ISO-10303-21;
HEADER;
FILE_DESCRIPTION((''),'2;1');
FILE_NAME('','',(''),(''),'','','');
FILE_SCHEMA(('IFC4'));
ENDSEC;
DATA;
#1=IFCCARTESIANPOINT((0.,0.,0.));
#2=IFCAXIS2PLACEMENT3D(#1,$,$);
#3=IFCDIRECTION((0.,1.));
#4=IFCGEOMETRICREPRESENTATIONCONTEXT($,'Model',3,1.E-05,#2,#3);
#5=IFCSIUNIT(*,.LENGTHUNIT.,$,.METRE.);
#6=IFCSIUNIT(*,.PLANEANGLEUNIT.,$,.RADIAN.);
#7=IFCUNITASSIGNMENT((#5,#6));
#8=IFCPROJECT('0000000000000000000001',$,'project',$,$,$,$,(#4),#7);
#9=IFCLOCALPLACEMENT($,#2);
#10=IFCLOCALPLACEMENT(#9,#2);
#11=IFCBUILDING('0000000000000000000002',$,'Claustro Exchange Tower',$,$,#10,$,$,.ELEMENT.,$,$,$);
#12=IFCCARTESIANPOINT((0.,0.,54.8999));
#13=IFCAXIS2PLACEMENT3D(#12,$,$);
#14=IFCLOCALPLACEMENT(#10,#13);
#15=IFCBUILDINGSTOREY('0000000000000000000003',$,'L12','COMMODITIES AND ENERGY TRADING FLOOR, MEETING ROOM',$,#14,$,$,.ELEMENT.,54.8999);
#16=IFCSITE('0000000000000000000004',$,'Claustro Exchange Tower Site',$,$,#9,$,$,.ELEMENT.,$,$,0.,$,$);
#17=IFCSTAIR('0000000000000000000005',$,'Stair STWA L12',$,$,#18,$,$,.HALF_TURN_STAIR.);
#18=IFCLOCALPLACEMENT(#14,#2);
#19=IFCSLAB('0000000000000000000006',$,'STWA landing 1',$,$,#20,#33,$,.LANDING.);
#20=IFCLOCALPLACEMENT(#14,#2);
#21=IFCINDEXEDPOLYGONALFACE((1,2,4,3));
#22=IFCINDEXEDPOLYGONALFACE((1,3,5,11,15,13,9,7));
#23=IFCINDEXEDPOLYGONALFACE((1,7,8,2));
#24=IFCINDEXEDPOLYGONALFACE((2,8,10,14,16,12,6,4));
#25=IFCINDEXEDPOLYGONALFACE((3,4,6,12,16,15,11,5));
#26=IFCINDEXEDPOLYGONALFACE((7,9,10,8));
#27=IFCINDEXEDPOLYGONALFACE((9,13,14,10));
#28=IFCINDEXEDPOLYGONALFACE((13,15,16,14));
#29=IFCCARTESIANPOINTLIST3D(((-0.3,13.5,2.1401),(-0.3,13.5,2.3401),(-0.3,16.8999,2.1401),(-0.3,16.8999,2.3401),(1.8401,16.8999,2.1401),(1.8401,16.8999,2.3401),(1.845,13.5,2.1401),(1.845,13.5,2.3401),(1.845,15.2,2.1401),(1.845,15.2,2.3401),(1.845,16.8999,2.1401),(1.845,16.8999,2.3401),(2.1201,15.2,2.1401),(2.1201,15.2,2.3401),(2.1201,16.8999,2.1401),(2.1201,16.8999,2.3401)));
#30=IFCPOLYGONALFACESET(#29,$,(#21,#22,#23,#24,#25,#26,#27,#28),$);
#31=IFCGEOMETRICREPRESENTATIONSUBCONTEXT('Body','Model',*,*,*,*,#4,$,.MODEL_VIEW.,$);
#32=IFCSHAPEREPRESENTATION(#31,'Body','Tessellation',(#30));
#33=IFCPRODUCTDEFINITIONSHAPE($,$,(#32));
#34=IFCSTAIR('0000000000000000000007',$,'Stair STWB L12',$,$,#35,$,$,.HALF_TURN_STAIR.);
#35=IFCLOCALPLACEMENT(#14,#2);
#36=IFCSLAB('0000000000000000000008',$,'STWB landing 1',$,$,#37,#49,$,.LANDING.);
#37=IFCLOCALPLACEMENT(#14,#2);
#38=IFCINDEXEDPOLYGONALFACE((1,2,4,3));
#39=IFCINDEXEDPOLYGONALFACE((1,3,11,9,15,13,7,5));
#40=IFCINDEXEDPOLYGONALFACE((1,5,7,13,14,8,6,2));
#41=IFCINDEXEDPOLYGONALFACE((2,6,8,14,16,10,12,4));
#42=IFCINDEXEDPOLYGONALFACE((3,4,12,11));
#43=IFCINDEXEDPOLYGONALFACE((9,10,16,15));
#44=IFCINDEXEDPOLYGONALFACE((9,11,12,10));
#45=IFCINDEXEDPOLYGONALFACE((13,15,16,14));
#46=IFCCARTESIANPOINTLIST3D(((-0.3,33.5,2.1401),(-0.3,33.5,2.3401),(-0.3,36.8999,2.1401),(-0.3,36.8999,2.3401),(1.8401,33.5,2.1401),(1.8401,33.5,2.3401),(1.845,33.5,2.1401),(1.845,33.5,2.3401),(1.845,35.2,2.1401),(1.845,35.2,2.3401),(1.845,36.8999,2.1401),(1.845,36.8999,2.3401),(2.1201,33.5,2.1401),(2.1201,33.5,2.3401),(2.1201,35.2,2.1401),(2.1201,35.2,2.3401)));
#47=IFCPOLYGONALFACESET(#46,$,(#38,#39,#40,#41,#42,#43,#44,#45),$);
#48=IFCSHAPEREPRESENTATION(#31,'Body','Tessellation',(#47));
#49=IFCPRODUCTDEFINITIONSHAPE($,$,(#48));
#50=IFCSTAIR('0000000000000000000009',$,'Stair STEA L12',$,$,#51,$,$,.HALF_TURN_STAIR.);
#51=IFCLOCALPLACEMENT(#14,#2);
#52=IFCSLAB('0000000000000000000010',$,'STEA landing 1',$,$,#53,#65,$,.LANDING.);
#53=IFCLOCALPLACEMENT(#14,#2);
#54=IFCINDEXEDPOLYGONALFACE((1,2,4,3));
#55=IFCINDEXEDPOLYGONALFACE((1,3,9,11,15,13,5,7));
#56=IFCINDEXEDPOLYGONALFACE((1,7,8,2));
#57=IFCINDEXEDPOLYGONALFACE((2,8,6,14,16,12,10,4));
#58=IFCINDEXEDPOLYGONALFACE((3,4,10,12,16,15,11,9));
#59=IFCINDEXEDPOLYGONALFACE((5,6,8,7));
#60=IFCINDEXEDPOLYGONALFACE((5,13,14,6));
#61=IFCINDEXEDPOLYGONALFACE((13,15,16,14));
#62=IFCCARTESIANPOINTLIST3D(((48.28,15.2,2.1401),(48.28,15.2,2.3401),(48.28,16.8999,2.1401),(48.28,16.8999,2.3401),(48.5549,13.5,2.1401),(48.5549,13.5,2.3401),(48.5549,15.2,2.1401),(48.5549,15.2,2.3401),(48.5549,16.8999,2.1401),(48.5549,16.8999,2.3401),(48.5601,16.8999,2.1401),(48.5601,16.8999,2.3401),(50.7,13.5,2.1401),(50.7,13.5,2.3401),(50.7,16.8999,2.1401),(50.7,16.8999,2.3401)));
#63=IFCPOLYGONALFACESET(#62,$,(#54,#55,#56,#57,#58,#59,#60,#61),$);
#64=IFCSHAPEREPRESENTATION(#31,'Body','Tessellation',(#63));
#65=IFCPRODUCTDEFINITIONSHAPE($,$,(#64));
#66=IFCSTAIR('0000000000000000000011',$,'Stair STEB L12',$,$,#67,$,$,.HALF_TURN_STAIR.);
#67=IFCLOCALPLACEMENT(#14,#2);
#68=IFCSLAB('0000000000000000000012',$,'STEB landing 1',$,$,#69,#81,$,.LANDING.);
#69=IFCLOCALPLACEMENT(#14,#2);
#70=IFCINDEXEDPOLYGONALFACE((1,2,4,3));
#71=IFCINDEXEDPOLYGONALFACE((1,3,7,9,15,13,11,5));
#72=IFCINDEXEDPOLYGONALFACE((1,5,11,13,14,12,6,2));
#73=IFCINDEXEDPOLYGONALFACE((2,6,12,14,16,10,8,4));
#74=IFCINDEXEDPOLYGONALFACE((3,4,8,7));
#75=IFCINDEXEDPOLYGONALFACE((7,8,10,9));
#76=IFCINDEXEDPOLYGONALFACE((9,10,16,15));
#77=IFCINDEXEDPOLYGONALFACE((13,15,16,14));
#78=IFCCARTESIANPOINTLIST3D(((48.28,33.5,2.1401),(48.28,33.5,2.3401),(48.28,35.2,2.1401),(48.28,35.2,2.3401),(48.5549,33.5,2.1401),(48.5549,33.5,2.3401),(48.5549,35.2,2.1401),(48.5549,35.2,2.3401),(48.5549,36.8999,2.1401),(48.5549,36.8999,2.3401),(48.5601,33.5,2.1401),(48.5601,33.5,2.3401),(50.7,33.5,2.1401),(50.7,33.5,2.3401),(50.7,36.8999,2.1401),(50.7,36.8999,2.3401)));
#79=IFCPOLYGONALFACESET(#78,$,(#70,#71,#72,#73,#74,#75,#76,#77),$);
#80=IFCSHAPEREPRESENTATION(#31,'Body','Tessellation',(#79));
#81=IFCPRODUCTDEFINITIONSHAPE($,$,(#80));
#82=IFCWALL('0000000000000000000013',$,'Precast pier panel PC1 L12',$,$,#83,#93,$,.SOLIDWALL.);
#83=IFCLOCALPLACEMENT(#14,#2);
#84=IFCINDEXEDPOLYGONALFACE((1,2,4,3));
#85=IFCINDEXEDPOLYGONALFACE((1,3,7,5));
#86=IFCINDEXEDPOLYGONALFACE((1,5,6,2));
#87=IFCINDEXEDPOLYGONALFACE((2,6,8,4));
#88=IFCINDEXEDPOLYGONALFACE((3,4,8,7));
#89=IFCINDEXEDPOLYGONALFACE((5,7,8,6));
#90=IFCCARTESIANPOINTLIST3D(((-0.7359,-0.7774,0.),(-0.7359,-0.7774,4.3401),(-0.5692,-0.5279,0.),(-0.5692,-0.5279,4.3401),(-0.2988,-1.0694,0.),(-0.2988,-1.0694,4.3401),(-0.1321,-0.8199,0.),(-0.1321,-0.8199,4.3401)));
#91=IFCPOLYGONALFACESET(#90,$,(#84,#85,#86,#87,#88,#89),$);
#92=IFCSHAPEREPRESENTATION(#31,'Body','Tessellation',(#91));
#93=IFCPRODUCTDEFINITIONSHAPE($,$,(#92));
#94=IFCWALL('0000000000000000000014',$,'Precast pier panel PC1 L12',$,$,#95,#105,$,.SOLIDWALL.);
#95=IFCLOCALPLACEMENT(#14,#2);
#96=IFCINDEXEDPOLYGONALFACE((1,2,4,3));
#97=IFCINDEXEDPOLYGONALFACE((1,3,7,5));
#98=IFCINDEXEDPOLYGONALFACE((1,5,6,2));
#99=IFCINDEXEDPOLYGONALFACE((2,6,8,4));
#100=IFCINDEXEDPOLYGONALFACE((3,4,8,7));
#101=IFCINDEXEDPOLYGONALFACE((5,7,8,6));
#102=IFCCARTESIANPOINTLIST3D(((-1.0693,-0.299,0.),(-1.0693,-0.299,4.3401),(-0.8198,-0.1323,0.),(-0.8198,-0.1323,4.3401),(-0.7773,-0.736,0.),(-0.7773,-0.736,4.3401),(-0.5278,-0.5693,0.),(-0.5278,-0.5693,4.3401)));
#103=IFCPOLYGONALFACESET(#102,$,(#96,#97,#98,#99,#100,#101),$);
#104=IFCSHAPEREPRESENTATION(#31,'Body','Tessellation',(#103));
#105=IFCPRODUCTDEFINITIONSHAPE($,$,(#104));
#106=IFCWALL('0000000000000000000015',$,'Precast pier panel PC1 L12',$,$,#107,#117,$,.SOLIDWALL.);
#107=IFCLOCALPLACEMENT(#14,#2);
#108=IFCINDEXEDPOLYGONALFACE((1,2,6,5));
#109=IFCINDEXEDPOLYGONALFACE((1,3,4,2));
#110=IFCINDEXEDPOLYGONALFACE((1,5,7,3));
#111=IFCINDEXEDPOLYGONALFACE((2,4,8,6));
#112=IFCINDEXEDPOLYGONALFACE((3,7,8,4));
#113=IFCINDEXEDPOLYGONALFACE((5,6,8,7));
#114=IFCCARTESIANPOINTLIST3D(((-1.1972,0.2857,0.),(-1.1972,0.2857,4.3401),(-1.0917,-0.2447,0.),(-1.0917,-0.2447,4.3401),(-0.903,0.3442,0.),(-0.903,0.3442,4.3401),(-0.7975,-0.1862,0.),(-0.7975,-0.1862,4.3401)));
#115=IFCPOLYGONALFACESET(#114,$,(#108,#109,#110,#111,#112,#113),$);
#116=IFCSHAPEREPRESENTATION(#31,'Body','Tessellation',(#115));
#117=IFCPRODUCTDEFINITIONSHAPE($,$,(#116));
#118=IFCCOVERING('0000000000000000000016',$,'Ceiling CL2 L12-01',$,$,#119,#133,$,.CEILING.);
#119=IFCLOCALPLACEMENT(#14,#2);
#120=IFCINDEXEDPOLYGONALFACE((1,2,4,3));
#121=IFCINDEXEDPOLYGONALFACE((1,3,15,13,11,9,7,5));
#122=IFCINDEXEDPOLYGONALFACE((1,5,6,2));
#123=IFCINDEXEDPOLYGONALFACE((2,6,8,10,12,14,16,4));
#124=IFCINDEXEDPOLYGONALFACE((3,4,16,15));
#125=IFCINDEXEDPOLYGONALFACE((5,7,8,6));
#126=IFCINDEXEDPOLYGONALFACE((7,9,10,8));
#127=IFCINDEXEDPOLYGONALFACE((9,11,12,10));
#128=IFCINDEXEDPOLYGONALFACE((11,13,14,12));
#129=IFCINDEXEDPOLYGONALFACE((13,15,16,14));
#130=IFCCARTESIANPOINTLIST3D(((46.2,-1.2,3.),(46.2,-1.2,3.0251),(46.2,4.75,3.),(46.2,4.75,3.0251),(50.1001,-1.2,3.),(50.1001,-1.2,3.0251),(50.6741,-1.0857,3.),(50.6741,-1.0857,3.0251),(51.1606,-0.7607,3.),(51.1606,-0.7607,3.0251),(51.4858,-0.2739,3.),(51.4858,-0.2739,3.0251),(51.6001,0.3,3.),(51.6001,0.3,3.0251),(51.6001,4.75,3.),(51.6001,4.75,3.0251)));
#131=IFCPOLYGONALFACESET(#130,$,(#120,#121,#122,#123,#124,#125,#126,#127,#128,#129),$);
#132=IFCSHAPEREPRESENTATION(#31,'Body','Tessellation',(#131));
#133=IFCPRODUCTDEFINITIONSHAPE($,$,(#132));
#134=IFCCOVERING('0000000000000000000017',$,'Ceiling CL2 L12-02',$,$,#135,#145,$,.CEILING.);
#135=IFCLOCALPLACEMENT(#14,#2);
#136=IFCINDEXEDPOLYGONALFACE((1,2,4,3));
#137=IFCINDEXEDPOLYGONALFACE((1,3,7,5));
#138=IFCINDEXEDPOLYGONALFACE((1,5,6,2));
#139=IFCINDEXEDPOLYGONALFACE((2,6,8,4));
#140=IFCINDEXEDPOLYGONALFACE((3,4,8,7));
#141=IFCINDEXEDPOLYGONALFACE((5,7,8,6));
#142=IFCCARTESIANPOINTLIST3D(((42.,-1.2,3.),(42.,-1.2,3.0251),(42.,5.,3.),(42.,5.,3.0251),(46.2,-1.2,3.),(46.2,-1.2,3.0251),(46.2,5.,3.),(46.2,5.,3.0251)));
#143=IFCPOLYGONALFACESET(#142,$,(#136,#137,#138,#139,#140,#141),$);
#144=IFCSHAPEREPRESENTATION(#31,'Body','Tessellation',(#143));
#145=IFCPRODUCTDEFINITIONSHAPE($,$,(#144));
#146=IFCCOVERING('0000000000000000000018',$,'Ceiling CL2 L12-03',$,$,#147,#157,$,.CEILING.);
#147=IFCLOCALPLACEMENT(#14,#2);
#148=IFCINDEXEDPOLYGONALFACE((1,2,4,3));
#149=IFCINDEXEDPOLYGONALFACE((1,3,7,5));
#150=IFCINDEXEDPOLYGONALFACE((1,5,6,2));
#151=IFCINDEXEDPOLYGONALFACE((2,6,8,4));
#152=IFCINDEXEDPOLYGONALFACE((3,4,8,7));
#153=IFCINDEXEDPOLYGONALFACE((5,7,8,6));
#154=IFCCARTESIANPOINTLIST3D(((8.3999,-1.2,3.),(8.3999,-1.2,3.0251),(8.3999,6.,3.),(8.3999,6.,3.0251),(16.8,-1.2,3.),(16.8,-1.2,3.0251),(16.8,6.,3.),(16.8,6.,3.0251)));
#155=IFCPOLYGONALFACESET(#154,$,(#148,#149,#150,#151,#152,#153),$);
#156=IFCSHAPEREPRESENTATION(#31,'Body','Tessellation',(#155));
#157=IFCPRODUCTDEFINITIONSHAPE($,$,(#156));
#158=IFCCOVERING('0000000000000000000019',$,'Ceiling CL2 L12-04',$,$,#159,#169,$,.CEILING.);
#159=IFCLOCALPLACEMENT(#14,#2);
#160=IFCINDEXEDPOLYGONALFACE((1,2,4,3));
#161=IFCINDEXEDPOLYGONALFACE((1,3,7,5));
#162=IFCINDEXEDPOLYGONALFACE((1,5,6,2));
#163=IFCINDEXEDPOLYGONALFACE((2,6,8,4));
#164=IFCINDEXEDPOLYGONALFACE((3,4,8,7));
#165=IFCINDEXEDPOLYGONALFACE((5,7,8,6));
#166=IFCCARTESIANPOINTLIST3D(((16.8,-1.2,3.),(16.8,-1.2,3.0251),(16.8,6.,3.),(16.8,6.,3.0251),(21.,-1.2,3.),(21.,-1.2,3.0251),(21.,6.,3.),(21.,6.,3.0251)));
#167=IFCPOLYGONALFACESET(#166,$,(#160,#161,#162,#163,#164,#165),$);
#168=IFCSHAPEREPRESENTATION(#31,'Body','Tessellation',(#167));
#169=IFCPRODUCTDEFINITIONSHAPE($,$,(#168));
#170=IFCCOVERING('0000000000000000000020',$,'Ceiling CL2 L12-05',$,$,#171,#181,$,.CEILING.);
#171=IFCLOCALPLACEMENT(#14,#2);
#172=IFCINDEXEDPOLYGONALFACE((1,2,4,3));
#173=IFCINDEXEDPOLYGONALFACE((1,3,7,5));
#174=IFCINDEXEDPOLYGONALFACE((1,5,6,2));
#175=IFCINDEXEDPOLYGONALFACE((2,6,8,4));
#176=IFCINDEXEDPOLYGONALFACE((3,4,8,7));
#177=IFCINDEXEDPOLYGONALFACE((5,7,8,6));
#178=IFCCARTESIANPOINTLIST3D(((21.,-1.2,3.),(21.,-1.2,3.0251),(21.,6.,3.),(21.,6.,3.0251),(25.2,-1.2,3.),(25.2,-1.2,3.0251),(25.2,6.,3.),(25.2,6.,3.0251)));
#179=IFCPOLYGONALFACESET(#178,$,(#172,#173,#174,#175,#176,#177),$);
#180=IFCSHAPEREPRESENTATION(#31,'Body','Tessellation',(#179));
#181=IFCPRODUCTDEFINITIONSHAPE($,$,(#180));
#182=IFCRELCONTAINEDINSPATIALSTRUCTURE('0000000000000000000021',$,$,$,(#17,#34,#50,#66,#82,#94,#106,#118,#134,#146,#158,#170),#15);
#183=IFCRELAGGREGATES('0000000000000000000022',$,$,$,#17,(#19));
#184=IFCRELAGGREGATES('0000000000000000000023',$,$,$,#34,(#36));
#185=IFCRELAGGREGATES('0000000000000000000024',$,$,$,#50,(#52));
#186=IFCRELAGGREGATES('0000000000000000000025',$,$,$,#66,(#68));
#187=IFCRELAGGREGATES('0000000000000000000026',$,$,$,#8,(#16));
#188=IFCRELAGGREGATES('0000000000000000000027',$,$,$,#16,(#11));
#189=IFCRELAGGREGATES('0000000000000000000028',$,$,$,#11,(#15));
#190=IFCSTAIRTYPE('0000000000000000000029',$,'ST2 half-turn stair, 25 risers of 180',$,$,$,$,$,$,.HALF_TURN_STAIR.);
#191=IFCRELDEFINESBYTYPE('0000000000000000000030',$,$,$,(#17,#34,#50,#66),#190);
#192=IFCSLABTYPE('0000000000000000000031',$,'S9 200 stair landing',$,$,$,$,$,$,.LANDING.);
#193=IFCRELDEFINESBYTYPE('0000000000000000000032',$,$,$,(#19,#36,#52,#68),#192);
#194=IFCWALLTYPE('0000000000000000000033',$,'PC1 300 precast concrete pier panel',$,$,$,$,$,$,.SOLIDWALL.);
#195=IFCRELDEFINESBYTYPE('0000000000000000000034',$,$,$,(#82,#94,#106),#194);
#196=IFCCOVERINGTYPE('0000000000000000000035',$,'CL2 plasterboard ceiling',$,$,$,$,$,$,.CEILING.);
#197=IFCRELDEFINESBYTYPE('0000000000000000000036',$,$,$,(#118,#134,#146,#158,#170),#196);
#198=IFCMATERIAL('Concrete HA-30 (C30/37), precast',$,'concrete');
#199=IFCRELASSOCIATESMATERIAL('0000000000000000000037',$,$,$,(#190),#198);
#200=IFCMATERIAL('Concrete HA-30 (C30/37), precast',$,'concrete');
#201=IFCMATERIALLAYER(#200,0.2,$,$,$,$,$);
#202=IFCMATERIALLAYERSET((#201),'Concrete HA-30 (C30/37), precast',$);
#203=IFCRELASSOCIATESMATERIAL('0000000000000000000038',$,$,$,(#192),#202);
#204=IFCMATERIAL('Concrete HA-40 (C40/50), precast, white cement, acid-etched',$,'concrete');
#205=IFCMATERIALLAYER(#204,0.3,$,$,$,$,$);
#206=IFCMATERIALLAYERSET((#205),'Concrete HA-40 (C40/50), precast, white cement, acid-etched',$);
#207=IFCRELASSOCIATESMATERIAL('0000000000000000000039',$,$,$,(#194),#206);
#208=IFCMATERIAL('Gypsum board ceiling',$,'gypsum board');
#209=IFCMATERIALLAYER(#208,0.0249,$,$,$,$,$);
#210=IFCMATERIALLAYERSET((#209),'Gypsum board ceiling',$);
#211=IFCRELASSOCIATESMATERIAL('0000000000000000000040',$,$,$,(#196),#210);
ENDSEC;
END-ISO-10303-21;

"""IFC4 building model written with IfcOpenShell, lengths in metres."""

from ifc_helpers import new_model, si_unit, direction, frame, frame_2d, origin, place, context, subcontext, project, spatial, polyline, rectangle, outline, extrude, material, layer, layer_set, type_object, element, aggregate, save


model = new_model("IFC4")

# Units and contexts
model_context = context("Model", 3, precision=1e-05, world=origin(), true_north=direction((0.0, 1.0)))
body_context = subcontext(model_context, "Body", "Model", "MODEL_VIEW")
ifc_project = project(units=[si_unit("LENGTHUNIT", "METRE"), si_unit("PLANEANGLEUNIT", "RADIAN")], contexts=[model_context])

# Site, building, storey
site_placement = place(None, origin())
site = spatial("IfcSite", under=ifc_project, at=site_placement, Name="Claustro Exchange Tower Site", CompositionType="ELEMENT", RefElevation=0.0)
building_placement = place(site_placement, origin())
building = spatial("IfcBuilding", under=site, at=building_placement, Name="Claustro Exchange Tower", CompositionType="ELEMENT")
storey_placement = place(building_placement, frame((0.0, 0.0, 54.8999)))
storey = spatial("IfcBuildingStorey", under=building, at=storey_placement, Name="L12", Description="COMMODITIES AND ENERGY TRADING FLOOR, MEETING ROOM", CompositionType="ELEMENT", Elevation=54.8999)

# Stairs, slabs
ifc_material_1 = material(Name="Concrete HA-30 (C30/37), precast", Category="concrete")
stair_type = type_object("IfcStairType", Name="ST2 half-turn stair, 25 risers of 180", PredefinedType="HALF_TURN_STAIR", material=ifc_material_1)
stair_1_placement = place(storey_placement, origin())
stair_1 = element("IfcStair", 1, at=stair_1_placement, inside=storey, type_object=stair_type, Name="Stair STWA L12", PredefinedType="HALF_TURN_STAIR")
ifc_material_2 = material(Name="Concrete HA-30 (C30/37), precast", Category="concrete")
ifc_layer_1 = layer(ifc_material_2, 0.2)
ifc_layer_set_1 = layer_set([ifc_layer_1], Name="Concrete HA-30 (C30/37), precast")
slab_type_1 = type_object("IfcSlabType", Name="S9 200 stair landing", PredefinedType="LANDING", material=ifc_layer_set_1)
slab_1_placement = place(storey_placement, frame((0.0, 0.0, 2.1401)))
slab_1 = element("IfcSlab", 2, at=slab_1_placement, type_object=slab_type_1, Name="STWA landing 1", PredefinedType="LANDING", context=body_context, shape_type="SweptSolid", body=[
    extrude(outline(polyline([(1.845, 13.5), (-0.3, 13.5), (-0.3, 16.8999), (1.8401, 16.8999), (1.845, 16.8999), (2.1201, 16.8999), (2.1201, 15.2), (1.845, 15.2), (1.845, 13.5)])), origin(), (0.0, 0.0, 1.0), 0.2),
])
aggregate(stair_1, [slab_1])
stair_2_placement = place(storey_placement, origin())
stair_2 = element("IfcStair", 3, at=stair_2_placement, inside=storey, type_object=stair_type, Name="Stair STWB L12", PredefinedType="HALF_TURN_STAIR")
slab_2_placement = place(storey_placement, frame((0.0, 0.0, 2.1401)))
slab_2 = element("IfcSlab", 4, at=slab_2_placement, type_object=slab_type_1, Name="STWB landing 1", PredefinedType="LANDING", context=body_context, shape_type="SweptSolid", body=[
    extrude(outline(polyline([(2.1201, 35.2), (2.1201, 33.5), (1.845, 33.5), (1.8401, 33.5), (-0.3, 33.5), (-0.3, 36.8999), (1.845, 36.8999), (1.845, 35.2), (2.1201, 35.2)])), origin(), (0.0, 0.0, 1.0), 0.2),
])
aggregate(stair_2, [slab_2])
stair_3_placement = place(storey_placement, origin())
stair_3 = element("IfcStair", 5, at=stair_3_placement, inside=storey, type_object=stair_type, Name="Stair STEA L12", PredefinedType="HALF_TURN_STAIR")
slab_3_placement = place(storey_placement, frame((0.0, 0.0, 2.1401)))
slab_3 = element("IfcSlab", 6, at=slab_3_placement, type_object=slab_type_1, Name="STEA landing 1", PredefinedType="LANDING", context=body_context, shape_type="SweptSolid", body=[
    extrude(outline(polyline([(50.7, 16.8999), (50.7, 13.5), (48.5549, 13.5), (48.5549, 15.2), (48.28, 15.2), (48.28, 16.8999), (48.5549, 16.8999), (48.5601, 16.8999), (50.7, 16.8999)])), origin(), (0.0, 0.0, 1.0), 0.2),
])
aggregate(stair_3, [slab_3])
stair_4_placement = place(storey_placement, origin())
stair_4 = element("IfcStair", 7, at=stair_4_placement, inside=storey, type_object=stair_type, Name="Stair STEB L12", PredefinedType="HALF_TURN_STAIR")
slab_4_placement = place(storey_placement, frame((0.0, 0.0, 2.1401)))
slab_4 = element("IfcSlab", 8, at=slab_4_placement, type_object=slab_type_1, Name="STEB landing 1", PredefinedType="LANDING", context=body_context, shape_type="SweptSolid", body=[
    extrude(outline(polyline([(48.28, 33.5), (48.28, 35.2), (48.5549, 35.2), (48.5549, 36.8999), (50.7, 36.8999), (50.7, 33.5), (48.5601, 33.5), (48.5549, 33.5), (48.28, 33.5)])), origin(), (0.0, 0.0, 1.0), 0.2),
])
aggregate(stair_4, [slab_4])

# Walls
ifc_material_3 = material(Name="Concrete HA-40 (C40/50), precast, white cement, acid-etched", Category="concrete")
ifc_layer_2 = layer(ifc_material_3, 0.3)
ifc_layer_set_2 = layer_set([ifc_layer_2], Name="Concrete HA-40 (C40/50), precast, white cement, acid-etched")
wall_type = type_object("IfcWallType", Name="PC1 300 precast concrete pier panel", PredefinedType="SOLIDWALL", material=ifc_layer_set_2)
for number, where, z_axis, x_axis, name in (
    (9, (-0.2156, -0.9446, 0.0), (0.0, 0.0, 1.0), (-0.831478, 0.555557, 0.0), "Precast pier panel PC1 L12"),
    (10, (-0.6526, -0.6526, 0.0), (0.0, 0.0, 1.0), (-0.555557, 0.831478, 0.0), "Precast pier panel PC1 L12"),
):
    element("IfcWall", number, at=place(storey_placement, frame(where, z_axis=z_axis, x_axis=x_axis)), inside=storey, type_object=wall_type, Name=name, PredefinedType="SOLIDWALL", context=body_context, shape_type="SweptSolid", body=[
        extrude(rectangle(XDim=0.5256, YDim=0.3, at=frame_2d((0.2627, 0.0))), origin(), (0.0, 0.0, 1.0), 4.3401),
    ])
wall_placement = place(storey_placement, frame((-0.9446, -0.2156, 0.0), z_axis=(0.0, 0.0, 1.0), x_axis=(-0.195074, 0.980789, 0.0)))
element("IfcWall", 11, at=wall_placement, inside=storey, type_object=wall_type, Name="Precast pier panel PC1 L12", PredefinedType="SOLIDWALL", context=body_context, shape_type="SweptSolid", body=[
    extrude(rectangle(XDim=0.5408, YDim=0.3, at=frame_2d((0.2705, 0.0))), origin(), (0.0, 0.0, 1.0), 4.3401),
])

# Coverings
ifc_material_4 = material(Name="Gypsum board ceiling", Category="gypsum board")
ifc_layer_3 = layer(ifc_material_4, 0.0249)
ifc_layer_set_3 = layer_set([ifc_layer_3], Name="Gypsum board ceiling")
covering_type = type_object("IfcCoveringType", Name="CL2 plasterboard ceiling", PredefinedType="CEILING", material=ifc_layer_set_3)
covering_1_placement = place(storey_placement, frame((0.0, 0.0, 3.0)))
element("IfcCovering", 12, at=covering_1_placement, inside=storey, type_object=covering_type, Name="Ceiling CL2 L12-01", PredefinedType="CEILING", context=body_context, shape_type="SweptSolid", body=[
    extrude(outline(polyline([(51.6001, 0.3), (51.6001, 4.75), (46.2, 4.75), (46.2, -1.2), (50.1001, -1.2), (50.6741, -1.0857), (51.1606, -0.7607), (51.4858, -0.2739), (51.6001, 0.3)])), origin(), (0.0, 0.0, 1.0), 0.0251),
])
covering_2_placement = place(storey_placement, frame((0.0, 0.0, 3.0)))
element("IfcCovering", 13, at=covering_2_placement, inside=storey, type_object=covering_type, Name="Ceiling CL2 L12-02", PredefinedType="CEILING", context=body_context, shape_type="SweptSolid", body=[
    extrude(outline(polyline([(42.0, -1.2), (46.2, -1.2), (46.2, 5.0), (42.0, 5.0), (42.0, -1.2)])), origin(), (0.0, 0.0, 1.0), 0.0251),
])
covering_3_placement = place(storey_placement, frame((0.0, 0.0, 3.0)))
element("IfcCovering", 14, at=covering_3_placement, inside=storey, type_object=covering_type, Name="Ceiling CL2 L12-03", PredefinedType="CEILING", context=body_context, shape_type="SweptSolid", body=[
    extrude(outline(polyline([(8.3999, -1.2), (16.8, -1.2), (16.8, 6.0), (8.3999, 6.0), (8.3999, -1.2)])), origin(), (0.0, 0.0, 1.0), 0.0251),
])
covering_4_placement = place(storey_placement, frame((0.0, 0.0, 3.0)))
element("IfcCovering", 15, at=covering_4_placement, inside=storey, type_object=covering_type, Name="Ceiling CL2 L12-04", PredefinedType="CEILING", context=body_context, shape_type="SweptSolid", body=[
    extrude(outline(polyline([(16.8, -1.2), (21.0, -1.2), (21.0, 6.0), (16.8, 6.0), (16.8, -1.2)])), origin(), (0.0, 0.0, 1.0), 0.0251),
])
covering_5_placement = place(storey_placement, frame((0.0, 0.0, 3.0)))
element("IfcCovering", 16, at=covering_5_placement, inside=storey, type_object=covering_type, Name="Ceiling CL2 L12-05", PredefinedType="CEILING", context=body_context, shape_type="SweptSolid", body=[
    extrude(outline(polyline([(21.0, -1.2), (25.2, -1.2), (25.2, 6.0), (21.0, 6.0), (21.0, -1.2)])), origin(), (0.0, 0.0, 1.0), 0.0251),
])

save(model, "model.ifc")
